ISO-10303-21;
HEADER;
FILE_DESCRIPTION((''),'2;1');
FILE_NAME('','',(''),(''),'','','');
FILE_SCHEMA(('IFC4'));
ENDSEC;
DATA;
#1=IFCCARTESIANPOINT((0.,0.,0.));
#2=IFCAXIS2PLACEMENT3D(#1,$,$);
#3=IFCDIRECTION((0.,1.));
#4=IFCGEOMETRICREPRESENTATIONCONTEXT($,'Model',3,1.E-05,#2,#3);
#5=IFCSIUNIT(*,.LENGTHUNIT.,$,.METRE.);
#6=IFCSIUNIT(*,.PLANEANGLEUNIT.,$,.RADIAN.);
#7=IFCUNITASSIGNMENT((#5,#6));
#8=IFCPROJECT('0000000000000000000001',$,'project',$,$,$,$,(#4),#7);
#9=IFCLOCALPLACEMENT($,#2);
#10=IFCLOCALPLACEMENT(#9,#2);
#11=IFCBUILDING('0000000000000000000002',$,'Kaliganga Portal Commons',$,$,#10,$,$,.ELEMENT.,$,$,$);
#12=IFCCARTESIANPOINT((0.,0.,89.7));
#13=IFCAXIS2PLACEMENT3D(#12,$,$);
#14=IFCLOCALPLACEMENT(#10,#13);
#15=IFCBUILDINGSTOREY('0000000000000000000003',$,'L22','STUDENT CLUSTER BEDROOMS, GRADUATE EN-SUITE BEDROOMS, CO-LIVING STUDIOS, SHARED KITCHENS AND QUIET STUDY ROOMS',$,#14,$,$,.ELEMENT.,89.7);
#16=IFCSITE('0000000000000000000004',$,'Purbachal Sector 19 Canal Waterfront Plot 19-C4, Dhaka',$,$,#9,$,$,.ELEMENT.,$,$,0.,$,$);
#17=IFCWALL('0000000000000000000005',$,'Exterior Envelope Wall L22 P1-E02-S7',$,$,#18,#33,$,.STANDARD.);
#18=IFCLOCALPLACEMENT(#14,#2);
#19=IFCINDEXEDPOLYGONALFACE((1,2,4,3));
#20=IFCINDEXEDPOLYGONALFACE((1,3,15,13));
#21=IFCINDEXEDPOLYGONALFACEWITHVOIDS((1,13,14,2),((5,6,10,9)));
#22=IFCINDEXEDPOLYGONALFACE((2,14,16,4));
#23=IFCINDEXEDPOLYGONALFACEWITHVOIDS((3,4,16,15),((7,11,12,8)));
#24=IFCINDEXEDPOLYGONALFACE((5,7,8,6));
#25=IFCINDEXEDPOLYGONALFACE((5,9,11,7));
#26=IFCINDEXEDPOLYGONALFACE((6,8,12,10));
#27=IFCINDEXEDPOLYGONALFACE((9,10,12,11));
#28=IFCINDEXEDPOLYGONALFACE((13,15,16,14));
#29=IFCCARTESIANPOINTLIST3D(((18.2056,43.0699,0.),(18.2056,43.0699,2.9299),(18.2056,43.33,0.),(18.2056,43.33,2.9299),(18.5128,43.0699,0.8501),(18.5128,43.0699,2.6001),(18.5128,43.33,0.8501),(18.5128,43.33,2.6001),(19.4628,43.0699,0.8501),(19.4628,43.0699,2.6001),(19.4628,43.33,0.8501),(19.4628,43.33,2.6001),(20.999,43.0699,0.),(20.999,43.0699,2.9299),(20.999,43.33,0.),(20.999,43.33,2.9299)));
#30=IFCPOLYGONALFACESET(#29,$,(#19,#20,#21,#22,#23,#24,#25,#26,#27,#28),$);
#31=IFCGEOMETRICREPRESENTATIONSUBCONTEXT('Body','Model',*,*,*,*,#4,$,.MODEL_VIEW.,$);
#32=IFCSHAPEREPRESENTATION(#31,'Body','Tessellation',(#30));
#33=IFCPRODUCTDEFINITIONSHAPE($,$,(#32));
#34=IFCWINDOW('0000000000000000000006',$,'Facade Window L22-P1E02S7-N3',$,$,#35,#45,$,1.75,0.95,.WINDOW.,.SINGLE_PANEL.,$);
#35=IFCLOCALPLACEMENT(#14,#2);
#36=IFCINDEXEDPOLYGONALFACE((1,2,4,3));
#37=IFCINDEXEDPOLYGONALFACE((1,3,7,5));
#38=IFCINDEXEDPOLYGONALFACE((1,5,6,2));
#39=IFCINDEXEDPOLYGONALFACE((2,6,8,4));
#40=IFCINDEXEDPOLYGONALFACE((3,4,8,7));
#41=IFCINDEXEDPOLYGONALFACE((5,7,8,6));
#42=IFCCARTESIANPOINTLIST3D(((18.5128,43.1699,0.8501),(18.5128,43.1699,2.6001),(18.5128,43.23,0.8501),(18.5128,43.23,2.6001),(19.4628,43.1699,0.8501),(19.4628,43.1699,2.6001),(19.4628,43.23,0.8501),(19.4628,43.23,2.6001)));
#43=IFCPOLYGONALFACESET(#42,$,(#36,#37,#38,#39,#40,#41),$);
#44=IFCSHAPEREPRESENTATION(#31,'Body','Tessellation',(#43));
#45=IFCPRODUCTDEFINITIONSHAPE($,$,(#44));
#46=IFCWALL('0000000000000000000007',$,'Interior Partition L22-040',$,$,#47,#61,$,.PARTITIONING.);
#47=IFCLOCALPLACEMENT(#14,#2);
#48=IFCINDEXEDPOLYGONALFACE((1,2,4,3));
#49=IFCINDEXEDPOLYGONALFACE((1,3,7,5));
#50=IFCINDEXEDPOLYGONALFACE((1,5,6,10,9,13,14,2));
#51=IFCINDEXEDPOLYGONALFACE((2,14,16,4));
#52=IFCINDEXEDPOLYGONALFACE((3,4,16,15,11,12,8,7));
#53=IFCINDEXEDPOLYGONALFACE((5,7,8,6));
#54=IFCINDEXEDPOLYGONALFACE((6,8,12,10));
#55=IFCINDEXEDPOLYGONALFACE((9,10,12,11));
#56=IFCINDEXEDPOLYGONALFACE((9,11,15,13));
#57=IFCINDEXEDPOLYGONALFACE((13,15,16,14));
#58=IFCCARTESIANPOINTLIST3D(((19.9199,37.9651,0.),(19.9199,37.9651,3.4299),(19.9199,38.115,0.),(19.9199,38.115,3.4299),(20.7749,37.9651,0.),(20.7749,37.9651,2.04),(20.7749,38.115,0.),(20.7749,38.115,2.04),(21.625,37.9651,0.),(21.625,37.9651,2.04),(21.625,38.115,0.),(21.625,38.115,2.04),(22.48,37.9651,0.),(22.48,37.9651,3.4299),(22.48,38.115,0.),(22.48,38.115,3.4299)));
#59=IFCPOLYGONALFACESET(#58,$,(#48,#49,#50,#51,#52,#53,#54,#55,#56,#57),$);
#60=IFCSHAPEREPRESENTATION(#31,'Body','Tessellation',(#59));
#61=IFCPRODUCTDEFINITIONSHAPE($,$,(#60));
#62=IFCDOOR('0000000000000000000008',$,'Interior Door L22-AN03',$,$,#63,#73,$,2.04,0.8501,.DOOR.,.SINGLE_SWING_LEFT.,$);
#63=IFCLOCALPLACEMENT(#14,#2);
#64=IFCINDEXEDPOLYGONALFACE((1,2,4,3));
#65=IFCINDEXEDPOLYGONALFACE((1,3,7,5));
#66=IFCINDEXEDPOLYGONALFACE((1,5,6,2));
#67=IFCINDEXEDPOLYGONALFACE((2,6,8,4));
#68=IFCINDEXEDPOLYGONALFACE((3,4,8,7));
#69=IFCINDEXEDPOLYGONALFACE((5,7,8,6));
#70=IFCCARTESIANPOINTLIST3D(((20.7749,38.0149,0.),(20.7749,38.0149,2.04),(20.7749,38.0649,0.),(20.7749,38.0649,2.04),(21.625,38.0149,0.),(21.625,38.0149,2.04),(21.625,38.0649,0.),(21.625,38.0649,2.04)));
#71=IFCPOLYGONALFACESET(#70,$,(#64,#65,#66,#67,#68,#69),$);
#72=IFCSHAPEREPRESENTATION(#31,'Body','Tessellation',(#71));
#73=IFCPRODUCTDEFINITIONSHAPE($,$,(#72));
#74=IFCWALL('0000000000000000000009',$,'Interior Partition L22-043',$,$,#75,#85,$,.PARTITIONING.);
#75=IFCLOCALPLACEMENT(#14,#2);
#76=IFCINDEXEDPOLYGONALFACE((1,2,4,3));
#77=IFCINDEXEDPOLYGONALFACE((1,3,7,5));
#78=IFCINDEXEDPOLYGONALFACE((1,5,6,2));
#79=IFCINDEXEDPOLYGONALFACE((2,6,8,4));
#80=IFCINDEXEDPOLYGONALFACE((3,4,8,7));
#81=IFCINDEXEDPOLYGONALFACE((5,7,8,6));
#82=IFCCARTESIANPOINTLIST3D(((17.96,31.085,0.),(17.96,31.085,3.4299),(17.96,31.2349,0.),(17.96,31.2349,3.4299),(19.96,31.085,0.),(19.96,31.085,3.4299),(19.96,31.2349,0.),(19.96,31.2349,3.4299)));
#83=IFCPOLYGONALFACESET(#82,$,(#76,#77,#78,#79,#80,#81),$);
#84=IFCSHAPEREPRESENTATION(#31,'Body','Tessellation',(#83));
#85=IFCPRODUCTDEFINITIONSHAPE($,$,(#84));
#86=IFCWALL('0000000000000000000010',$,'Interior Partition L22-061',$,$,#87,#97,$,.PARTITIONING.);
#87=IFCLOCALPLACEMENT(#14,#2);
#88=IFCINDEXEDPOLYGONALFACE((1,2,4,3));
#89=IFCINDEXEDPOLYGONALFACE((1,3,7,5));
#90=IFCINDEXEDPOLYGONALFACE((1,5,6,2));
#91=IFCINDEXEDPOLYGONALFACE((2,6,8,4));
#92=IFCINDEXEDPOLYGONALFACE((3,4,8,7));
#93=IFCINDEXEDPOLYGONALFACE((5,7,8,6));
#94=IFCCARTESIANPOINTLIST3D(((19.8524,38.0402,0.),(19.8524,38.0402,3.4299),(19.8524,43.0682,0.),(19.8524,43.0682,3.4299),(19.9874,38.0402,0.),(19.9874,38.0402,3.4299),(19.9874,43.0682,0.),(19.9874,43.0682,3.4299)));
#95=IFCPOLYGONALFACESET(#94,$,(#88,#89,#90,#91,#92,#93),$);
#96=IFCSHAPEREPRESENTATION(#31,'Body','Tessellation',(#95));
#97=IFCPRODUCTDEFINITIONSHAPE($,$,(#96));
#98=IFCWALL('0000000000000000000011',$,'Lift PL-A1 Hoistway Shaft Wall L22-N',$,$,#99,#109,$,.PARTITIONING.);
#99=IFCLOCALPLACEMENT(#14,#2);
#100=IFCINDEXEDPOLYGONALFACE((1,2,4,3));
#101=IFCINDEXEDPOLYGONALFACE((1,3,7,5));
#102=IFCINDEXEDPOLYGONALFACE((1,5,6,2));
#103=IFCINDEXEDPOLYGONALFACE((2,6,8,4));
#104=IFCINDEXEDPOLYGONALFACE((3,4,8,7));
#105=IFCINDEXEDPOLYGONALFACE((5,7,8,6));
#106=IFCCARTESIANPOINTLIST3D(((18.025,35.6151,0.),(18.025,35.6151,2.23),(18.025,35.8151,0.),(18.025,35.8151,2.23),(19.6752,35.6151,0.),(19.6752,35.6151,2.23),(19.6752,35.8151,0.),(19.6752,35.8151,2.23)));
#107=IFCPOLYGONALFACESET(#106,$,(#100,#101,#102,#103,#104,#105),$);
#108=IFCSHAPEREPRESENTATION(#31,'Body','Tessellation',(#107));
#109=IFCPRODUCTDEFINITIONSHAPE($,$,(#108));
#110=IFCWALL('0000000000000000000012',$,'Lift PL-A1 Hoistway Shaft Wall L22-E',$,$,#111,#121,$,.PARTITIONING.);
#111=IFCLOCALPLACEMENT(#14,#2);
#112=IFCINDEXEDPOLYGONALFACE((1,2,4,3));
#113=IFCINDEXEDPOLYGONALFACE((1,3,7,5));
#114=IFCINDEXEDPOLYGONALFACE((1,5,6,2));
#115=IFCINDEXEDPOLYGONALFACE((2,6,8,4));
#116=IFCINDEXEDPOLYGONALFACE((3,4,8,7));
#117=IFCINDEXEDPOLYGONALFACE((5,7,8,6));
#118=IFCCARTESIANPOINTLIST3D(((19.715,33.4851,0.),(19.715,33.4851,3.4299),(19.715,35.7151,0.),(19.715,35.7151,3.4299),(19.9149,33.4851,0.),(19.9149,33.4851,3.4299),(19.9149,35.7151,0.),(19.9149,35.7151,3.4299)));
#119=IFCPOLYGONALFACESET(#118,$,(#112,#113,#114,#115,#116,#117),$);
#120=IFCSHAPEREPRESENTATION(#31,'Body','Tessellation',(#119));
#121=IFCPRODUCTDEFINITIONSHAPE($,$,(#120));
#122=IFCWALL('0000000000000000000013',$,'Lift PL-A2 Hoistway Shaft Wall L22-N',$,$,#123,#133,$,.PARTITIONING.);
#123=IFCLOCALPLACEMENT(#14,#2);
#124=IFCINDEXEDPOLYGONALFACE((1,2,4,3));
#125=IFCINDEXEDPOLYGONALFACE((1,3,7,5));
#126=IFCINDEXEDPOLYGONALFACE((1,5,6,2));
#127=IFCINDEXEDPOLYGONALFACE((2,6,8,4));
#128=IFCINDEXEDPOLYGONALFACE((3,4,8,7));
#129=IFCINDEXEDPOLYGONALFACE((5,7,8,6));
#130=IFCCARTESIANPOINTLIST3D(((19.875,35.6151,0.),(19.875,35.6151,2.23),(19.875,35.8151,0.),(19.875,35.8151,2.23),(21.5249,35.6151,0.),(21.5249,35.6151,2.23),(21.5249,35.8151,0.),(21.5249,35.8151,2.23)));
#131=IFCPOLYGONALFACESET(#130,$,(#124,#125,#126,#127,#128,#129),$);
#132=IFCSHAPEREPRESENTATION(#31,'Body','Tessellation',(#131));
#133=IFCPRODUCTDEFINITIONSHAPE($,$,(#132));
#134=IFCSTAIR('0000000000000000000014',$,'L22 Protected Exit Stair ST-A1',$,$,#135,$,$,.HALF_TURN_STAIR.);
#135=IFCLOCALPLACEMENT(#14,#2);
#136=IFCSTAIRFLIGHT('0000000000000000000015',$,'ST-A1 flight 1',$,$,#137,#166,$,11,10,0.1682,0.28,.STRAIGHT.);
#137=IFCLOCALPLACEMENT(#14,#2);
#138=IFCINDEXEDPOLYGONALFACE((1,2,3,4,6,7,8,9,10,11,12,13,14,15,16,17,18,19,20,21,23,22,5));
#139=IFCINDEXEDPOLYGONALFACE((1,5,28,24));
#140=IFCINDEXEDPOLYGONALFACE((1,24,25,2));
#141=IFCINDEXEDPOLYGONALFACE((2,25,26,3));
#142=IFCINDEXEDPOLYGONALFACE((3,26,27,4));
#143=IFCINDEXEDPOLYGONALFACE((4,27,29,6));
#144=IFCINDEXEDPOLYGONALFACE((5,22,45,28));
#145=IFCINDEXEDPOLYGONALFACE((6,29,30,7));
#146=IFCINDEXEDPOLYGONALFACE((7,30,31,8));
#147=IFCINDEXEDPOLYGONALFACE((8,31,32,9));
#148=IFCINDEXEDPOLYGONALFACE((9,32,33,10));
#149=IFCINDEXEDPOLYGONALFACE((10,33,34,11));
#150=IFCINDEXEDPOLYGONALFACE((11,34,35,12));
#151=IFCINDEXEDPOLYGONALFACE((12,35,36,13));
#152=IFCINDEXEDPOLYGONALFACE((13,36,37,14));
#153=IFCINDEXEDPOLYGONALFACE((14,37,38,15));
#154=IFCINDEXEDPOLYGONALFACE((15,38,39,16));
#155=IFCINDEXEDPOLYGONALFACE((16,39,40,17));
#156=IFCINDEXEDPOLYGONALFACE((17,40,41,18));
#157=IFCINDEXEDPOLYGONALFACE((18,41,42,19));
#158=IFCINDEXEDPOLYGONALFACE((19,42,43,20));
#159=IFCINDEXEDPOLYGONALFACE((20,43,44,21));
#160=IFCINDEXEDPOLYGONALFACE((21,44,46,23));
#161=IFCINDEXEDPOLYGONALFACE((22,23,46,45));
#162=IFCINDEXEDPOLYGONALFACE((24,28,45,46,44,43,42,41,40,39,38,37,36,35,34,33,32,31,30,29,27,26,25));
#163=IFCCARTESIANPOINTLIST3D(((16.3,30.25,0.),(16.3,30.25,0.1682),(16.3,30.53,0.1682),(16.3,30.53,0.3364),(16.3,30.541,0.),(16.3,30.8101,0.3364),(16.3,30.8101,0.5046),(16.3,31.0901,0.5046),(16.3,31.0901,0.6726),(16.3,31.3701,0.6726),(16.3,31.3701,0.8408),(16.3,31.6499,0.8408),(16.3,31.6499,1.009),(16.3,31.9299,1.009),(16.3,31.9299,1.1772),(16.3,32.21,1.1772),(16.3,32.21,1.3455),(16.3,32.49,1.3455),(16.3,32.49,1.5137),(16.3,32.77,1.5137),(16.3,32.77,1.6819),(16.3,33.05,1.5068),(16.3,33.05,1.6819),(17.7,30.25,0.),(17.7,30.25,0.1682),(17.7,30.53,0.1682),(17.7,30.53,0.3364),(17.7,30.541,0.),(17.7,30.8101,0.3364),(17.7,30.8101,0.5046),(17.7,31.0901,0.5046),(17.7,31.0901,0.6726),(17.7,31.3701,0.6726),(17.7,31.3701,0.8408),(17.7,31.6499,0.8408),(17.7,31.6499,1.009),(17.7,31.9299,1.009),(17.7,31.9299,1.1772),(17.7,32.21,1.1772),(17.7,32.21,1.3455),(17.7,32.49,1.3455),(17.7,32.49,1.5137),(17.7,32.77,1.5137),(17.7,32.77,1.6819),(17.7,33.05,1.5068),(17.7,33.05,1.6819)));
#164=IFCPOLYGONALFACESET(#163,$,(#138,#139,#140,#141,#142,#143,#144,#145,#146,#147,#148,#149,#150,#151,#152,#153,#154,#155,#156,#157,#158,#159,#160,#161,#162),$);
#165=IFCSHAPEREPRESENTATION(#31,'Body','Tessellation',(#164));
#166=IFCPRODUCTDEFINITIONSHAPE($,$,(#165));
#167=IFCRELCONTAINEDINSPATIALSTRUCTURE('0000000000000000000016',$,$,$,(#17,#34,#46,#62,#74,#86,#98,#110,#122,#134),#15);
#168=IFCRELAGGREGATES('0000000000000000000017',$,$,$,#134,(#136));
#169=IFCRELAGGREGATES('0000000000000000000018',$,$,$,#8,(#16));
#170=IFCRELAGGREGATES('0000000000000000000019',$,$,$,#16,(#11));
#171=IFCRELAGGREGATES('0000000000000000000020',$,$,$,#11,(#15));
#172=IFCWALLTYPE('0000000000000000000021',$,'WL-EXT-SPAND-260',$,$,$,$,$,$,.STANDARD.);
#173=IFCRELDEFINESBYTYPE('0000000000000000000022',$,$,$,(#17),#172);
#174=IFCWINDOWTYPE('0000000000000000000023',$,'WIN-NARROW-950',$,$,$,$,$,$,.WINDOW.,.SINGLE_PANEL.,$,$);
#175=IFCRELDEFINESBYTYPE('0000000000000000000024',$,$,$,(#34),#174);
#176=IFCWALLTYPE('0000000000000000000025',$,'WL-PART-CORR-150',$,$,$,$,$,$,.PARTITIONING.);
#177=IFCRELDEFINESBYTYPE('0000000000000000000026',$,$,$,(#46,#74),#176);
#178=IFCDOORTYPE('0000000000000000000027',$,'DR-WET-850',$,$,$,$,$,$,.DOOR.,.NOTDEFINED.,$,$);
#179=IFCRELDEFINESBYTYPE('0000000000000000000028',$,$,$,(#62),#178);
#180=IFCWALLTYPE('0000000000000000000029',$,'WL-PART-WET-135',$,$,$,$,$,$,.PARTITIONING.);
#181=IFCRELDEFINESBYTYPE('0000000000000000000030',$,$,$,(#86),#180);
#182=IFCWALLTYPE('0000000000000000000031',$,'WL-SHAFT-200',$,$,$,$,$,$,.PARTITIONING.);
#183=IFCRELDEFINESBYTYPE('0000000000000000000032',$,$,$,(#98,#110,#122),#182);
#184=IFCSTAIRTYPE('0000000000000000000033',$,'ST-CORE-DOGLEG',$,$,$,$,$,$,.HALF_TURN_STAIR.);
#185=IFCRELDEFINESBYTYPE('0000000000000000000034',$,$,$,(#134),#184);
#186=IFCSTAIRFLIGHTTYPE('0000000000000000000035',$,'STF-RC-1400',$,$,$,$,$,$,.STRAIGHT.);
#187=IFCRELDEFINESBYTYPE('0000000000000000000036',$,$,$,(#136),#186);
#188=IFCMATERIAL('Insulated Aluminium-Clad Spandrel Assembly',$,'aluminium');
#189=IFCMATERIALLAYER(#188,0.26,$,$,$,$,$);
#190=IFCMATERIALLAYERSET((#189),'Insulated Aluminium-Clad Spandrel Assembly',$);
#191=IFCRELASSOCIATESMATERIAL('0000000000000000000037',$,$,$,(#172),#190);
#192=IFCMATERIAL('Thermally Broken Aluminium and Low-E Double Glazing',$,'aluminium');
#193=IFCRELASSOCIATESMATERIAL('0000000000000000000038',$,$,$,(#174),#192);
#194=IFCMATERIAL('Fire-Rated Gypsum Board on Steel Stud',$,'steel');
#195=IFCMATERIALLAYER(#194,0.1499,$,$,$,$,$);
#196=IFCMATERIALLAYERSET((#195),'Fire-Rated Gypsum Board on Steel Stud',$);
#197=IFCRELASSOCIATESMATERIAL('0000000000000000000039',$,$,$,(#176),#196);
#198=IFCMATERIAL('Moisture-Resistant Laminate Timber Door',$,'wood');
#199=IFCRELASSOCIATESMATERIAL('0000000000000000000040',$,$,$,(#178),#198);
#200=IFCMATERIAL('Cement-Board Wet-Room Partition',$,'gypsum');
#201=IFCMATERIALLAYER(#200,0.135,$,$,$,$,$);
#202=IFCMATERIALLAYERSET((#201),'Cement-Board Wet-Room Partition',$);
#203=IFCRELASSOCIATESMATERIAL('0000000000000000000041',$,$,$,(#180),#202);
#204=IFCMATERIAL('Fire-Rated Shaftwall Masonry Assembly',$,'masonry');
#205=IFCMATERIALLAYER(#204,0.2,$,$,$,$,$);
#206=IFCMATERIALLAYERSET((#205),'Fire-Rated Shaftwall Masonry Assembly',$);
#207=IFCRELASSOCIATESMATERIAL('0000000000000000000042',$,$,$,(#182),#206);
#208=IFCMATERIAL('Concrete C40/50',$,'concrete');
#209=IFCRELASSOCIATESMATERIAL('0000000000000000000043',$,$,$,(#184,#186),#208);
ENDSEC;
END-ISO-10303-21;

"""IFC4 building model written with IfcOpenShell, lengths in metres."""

from ifc_helpers import new_model, si_unit, direction, frame, frame_2d, origin, place, context, subcontext, project, spatial, polyline, rectangle, outline, extrude, material, layer, layer_set, type_object, element, fill, aggregate, save


model = new_model("IFC4")

# Units and contexts
model_context = context("Model", 3, precision=1e-05, world=origin(), true_north=direction((0.0, 1.0)))
body_context = subcontext(model_context, "Body", "Model", "MODEL_VIEW")
ifc_project = project(units=[si_unit("LENGTHUNIT", "METRE"), si_unit("PLANEANGLEUNIT", "RADIAN")], contexts=[model_context])

# Site, building, storey
site_placement = place(None, origin())
site = spatial("IfcSite", under=ifc_project, at=site_placement, Name="Purbachal Sector 19 Canal Waterfront Plot 19-C4, Dhaka", CompositionType="ELEMENT", RefElevation=0.0)
building_placement = place(site_placement, origin())
building = spatial("IfcBuilding", under=site, at=building_placement, Name="Kaliganga Portal Commons", CompositionType="ELEMENT")
storey_placement = place(building_placement, frame((0.0, 0.0, 89.7)))
storey = spatial("IfcBuildingStorey", under=building, at=storey_placement, Name="L22", Description="STUDENT CLUSTER BEDROOMS, GRADUATE EN-SUITE BEDROOMS, CO-LIVING STUDIOS, SHARED KITCHENS AND QUIET STUDY ROOMS", CompositionType="ELEMENT", Elevation=89.7)

# Wall, opening, window
ifc_material_1 = material(Name="Insulated Aluminium-Clad Spandrel Assembly", Category="aluminium")
ifc_layer_1 = layer(ifc_material_1, 0.26)
ifc_layer_set_1 = layer_set([ifc_layer_1], Name="Insulated Aluminium-Clad Spandrel Assembly")
wall_type_1 = type_object("IfcWallType", Name="WL-EXT-SPAND-260", PredefinedType="STANDARD", material=ifc_layer_set_1)
wall_1_placement = place(storey_placement, frame((18.2056, 43.2, 0.0), z_axis=(0.0, 0.0, 1.0), x_axis=(1.0, 0.0, 0.0)))
wall_1 = element("IfcWall", 1, at=wall_1_placement, inside=storey, type_object=wall_type_1, Name="Exterior Envelope Wall L22 P1-E02-S7", PredefinedType="STANDARD", context=body_context, shape_type="SweptSolid", body=[
    extrude(rectangle(XDim=2.7935, YDim=0.26, at=frame_2d((1.3967, 0.0))), origin(), (0.0, 0.0, 1.0), 2.9299),
])
opening_1_placement = place(wall_1_placement, frame((0.3071, 0.0, 0.8501)))
opening_1 = element("IfcOpeningElement", 2, at=opening_1_placement, cuts=wall_1, PredefinedType="OPENING", context=body_context, shape_type="SweptSolid", body=[
    extrude(rectangle(XDim=0.95, YDim=1.75, at=frame_2d((0.4751, 0.875))), frame((0.0, 0.1401, 0.0), z_axis=(0.0, -1.0, 0.0), x_axis=(1.0, 0.0, 0.0)), (0.0, 0.0, 1.0), 0.28),
])
ifc_material_2 = material(Name="Thermally Broken Aluminium and Low-E Double Glazing", Category="aluminium")
window_type = type_object("IfcWindowType", Name="WIN-NARROW-950", PartitioningType="SINGLE_PANEL", PredefinedType="WINDOW", material=ifc_material_2)
window_placement = place(opening_1_placement, origin())
window = element("IfcWindow", 3, at=window_placement, inside=storey, type_object=window_type, Name="Facade Window L22-P1E02S7-N3", OverallHeight=1.75, OverallWidth=0.95, PartitioningType="SINGLE_PANEL", PredefinedType="WINDOW", context=body_context, shape_type="SweptSolid", body=[
    extrude(rectangle(XDim=0.95, YDim=1.75, at=frame_2d((0.4751, 0.875))), frame((0.0, 0.03, 0.0), z_axis=(0.0, -1.0, 0.0), x_axis=(1.0, 0.0, 0.0)), (0.0, 0.0, 1.0), 0.0601),
])
fill(opening_1, window)

# Wall, opening, door
ifc_material_3 = material(Name="Fire-Rated Gypsum Board on Steel Stud", Category="steel")
ifc_layer_2 = layer(ifc_material_3, 0.1499)
ifc_layer_set_2 = layer_set([ifc_layer_2], Name="Fire-Rated Gypsum Board on Steel Stud")
wall_type_2 = type_object("IfcWallType", Name="WL-PART-CORR-150", PredefinedType="PARTITIONING", material=ifc_layer_set_2)
wall_2_placement = place(storey_placement, frame((19.9199, 38.04, 0.0), z_axis=(0.0, 0.0, 1.0), x_axis=(1.0, 0.0, 0.0)))
wall_2 = element("IfcWall", 4, at=wall_2_placement, inside=storey, type_object=wall_type_2, Name="Interior Partition L22-040", PredefinedType="PARTITIONING", context=body_context, shape_type="SweptSolid", body=[
    extrude(rectangle(XDim=2.5601, YDim=0.1499, at=frame_2d((1.28, 0.0))), origin(), (0.0, 0.0, 1.0), 3.4299),
])
opening_2_placement = place(wall_2_placement, frame((0.855, 0.0, 0.0)))
opening_2 = element("IfcOpeningElement", 5, at=opening_2_placement, cuts=wall_2, PredefinedType="OPENING", context=body_context, shape_type="SweptSolid", body=[
    extrude(rectangle(XDim=0.8501, YDim=2.04, at=frame_2d((0.425, 1.02))), frame((0.0, 0.085, 0.0), z_axis=(0.0, -1.0, 0.0), x_axis=(1.0, 0.0, 0.0)), (0.0, 0.0, 1.0), 0.1699),
])
ifc_material_4 = material(Name="Moisture-Resistant Laminate Timber Door", Category="wood")
door_type_1 = type_object("IfcDoorType", Name="DR-WET-850", OperationType="NOTDEFINED", PredefinedType="DOOR", material=ifc_material_4)
door_1_placement = place(opening_2_placement, origin())
door_1 = element("IfcDoor", 6, at=door_1_placement, inside=storey, type_object=door_type_1, Name="Interior Door L22-AN03", OperationType="SINGLE_SWING_LEFT", OverallHeight=2.04, OverallWidth=0.8501, PredefinedType="DOOR", context=body_context, shape_type="SweptSolid", body=[
    extrude(rectangle(XDim=0.8501, YDim=2.04, at=frame_2d((0.425, 1.02))), frame((0.0, 0.0249, 0.0), z_axis=(0.0, -1.0, 0.0), x_axis=(1.0, 0.0, 0.0)), (0.0, 0.0, 1.0), 0.05),
])
fill(opening_2, door_1)

# Walls
wall_3_placement = place(storey_placement, frame((17.96, 31.1599, 0.0), z_axis=(0.0, 0.0, 1.0), x_axis=(1.0, 0.0, 0.0)))
element("IfcWall", 7, at=wall_3_placement, inside=storey, type_object=wall_type_2, Name="Interior Partition L22-043", PredefinedType="PARTITIONING", context=body_context, shape_type="SweptSolid", body=[
    extrude(rectangle(XDim=2.0, YDim=0.1499, at=frame_2d((1.0, 0.0))), origin(), (0.0, 0.0, 1.0), 3.4299),
])
ifc_material_5 = material(Name="Cement-Board Wet-Room Partition", Category="gypsum")
ifc_layer_3 = layer(ifc_material_5, 0.135)
ifc_layer_set_3 = layer_set([ifc_layer_3], Name="Cement-Board Wet-Room Partition")
wall_type_3 = type_object("IfcWallType", Name="WL-PART-WET-135", PredefinedType="PARTITIONING", material=ifc_layer_set_3)
wall_4_placement = place(storey_placement, frame((19.9199, 38.04, 0.0), z_axis=(0.0, 0.0, 1.0), x_axis=(0.0, 1.0, 0.0)))
element("IfcWall", 8, at=wall_4_placement, inside=storey, type_object=wall_type_3, Name="Interior Partition L22-061", PredefinedType="PARTITIONING", context=body_context, shape_type="SweptSolid", body=[
    extrude(rectangle(XDim=5.0281, YDim=0.135, at=frame_2d((2.5142, 0.0))), origin(), (0.0, 0.0, 1.0), 3.4299),
])

# Shared definitions
ifc_material_6 = material(Name="Fire-Rated Shaftwall Masonry Assembly", Category="masonry")
ifc_layer_4 = layer(ifc_material_6, 0.2)
ifc_layer_set_4 = layer_set([ifc_layer_4], Name="Fire-Rated Shaftwall Masonry Assembly")
wall_type_4 = type_object("IfcWallType", Name="WL-SHAFT-200", PredefinedType="PARTITIONING", material=ifc_layer_set_4)

# Walls
wall_5_placement = place(storey_placement, frame((18.0249, 35.7151, 0.0), z_axis=(0.0, 0.0, 1.0), x_axis=(1.0, 0.0, 0.0)))
element("IfcWall", 9, at=wall_5_placement, inside=storey, type_object=wall_type_4, Name="Lift PL-A1 Hoistway Shaft Wall L22-N", PredefinedType="PARTITIONING", context=body_context, shape_type="SweptSolid", body=[
    extrude(rectangle(XDim=1.6501, YDim=0.2, at=frame_2d((0.8252, 0.0))), origin(), (0.0, 0.0, 1.0), 2.23),
])
wall_6_placement = place(storey_placement, frame((19.8149, 33.4851, 0.0), z_axis=(0.0, 0.0, 1.0), x_axis=(0.0, 1.0, 0.0)))
element("IfcWall", 10, at=wall_6_placement, inside=storey, type_object=wall_type_4, Name="Lift PL-A1 Hoistway Shaft Wall L22-E", PredefinedType="PARTITIONING", context=body_context, shape_type="SweptSolid", body=[
    extrude(rectangle(XDim=2.23, YDim=0.2, at=frame_2d((1.115, 0.0))), origin(), (0.0, 0.0, 1.0), 3.4299),
])

# Wall
wall_7_placement = place(storey_placement, frame((19.875, 35.7151, 0.0), z_axis=(0.0, 0.0, 1.0), x_axis=(1.0, 0.0, 0.0)))
element("IfcWall", 11, at=wall_7_placement, inside=storey, type_object=wall_type_4, Name="Lift PL-A2 Hoistway Shaft Wall L22-N", PredefinedType="PARTITIONING", context=body_context, shape_type="SweptSolid", body=[
    extrude(rectangle(XDim=1.6499, YDim=0.2, at=frame_2d((0.825, 0.0))), origin(), (0.0, 0.0, 1.0), 2.23),
])

# Stair, stair flight
ifc_material_7 = material(Name="Concrete C40/50", Category="concrete")
stair_type = type_object("IfcStairType", Name="ST-CORE-DOGLEG", PredefinedType="HALF_TURN_STAIR", material=ifc_material_7)
stair_placement = place(storey_placement, origin())
stair = element("IfcStair", 12, at=stair_placement, inside=storey, type_object=stair_type, Name="L22 Protected Exit Stair ST-A1", PredefinedType="HALF_TURN_STAIR")
stair_flight_type = type_object("IfcStairFlightType", Name="STF-RC-1400", PredefinedType="STRAIGHT", material=ifc_material_7)
stair_flight_1_placement = place(storey_placement, frame((17.0, 30.25, 0.0), z_axis=(0.0, 0.0, 1.0), x_axis=(0.0, 1.0, 0.0)))
stair_flight_1 = element("IfcStairFlight", 13, at=stair_flight_1_placement, type_object=stair_flight_type, Name="ST-A1 flight 1", NumberOfRisers=11, NumberOfTreads=10, PredefinedType="STRAIGHT", RiserHeight=0.1682, TreadLength=0.28, context=body_context, shape_type="SweptSolid", body=[
    extrude(outline(polyline([(0.0, 0.0), (0.0, 0.1682), (0.28, 0.1682), (0.28, 0.3364), (0.5601, 0.3364), (0.5601, 0.5046), (0.8401, 0.5046), (0.8401, 0.6726), (1.1201, 0.6726), (1.1201, 0.8408), (1.3999, 0.8408), (1.3999, 1.009), (1.6799, 1.009), (1.6799, 1.1772), (1.96, 1.1772), (1.96, 1.3455), (2.24, 1.3455), (2.24, 1.5137), (2.52, 1.5137), (2.52, 1.6819), (2.8, 1.6819), (2.8, 1.8501), (2.8, 1.5068), (0.291, 0.0), (0.0, 0.0)])), frame((0.0, 0.7, 0.0), z_axis=(0.0, -1.0, 0.0), x_axis=(1.0, 0.0, 0.0)), (0.0, 0.0, 1.0), 1.3999),
])
aggregate(stair, [stair_flight_1])

save(model, "model.ifc")
